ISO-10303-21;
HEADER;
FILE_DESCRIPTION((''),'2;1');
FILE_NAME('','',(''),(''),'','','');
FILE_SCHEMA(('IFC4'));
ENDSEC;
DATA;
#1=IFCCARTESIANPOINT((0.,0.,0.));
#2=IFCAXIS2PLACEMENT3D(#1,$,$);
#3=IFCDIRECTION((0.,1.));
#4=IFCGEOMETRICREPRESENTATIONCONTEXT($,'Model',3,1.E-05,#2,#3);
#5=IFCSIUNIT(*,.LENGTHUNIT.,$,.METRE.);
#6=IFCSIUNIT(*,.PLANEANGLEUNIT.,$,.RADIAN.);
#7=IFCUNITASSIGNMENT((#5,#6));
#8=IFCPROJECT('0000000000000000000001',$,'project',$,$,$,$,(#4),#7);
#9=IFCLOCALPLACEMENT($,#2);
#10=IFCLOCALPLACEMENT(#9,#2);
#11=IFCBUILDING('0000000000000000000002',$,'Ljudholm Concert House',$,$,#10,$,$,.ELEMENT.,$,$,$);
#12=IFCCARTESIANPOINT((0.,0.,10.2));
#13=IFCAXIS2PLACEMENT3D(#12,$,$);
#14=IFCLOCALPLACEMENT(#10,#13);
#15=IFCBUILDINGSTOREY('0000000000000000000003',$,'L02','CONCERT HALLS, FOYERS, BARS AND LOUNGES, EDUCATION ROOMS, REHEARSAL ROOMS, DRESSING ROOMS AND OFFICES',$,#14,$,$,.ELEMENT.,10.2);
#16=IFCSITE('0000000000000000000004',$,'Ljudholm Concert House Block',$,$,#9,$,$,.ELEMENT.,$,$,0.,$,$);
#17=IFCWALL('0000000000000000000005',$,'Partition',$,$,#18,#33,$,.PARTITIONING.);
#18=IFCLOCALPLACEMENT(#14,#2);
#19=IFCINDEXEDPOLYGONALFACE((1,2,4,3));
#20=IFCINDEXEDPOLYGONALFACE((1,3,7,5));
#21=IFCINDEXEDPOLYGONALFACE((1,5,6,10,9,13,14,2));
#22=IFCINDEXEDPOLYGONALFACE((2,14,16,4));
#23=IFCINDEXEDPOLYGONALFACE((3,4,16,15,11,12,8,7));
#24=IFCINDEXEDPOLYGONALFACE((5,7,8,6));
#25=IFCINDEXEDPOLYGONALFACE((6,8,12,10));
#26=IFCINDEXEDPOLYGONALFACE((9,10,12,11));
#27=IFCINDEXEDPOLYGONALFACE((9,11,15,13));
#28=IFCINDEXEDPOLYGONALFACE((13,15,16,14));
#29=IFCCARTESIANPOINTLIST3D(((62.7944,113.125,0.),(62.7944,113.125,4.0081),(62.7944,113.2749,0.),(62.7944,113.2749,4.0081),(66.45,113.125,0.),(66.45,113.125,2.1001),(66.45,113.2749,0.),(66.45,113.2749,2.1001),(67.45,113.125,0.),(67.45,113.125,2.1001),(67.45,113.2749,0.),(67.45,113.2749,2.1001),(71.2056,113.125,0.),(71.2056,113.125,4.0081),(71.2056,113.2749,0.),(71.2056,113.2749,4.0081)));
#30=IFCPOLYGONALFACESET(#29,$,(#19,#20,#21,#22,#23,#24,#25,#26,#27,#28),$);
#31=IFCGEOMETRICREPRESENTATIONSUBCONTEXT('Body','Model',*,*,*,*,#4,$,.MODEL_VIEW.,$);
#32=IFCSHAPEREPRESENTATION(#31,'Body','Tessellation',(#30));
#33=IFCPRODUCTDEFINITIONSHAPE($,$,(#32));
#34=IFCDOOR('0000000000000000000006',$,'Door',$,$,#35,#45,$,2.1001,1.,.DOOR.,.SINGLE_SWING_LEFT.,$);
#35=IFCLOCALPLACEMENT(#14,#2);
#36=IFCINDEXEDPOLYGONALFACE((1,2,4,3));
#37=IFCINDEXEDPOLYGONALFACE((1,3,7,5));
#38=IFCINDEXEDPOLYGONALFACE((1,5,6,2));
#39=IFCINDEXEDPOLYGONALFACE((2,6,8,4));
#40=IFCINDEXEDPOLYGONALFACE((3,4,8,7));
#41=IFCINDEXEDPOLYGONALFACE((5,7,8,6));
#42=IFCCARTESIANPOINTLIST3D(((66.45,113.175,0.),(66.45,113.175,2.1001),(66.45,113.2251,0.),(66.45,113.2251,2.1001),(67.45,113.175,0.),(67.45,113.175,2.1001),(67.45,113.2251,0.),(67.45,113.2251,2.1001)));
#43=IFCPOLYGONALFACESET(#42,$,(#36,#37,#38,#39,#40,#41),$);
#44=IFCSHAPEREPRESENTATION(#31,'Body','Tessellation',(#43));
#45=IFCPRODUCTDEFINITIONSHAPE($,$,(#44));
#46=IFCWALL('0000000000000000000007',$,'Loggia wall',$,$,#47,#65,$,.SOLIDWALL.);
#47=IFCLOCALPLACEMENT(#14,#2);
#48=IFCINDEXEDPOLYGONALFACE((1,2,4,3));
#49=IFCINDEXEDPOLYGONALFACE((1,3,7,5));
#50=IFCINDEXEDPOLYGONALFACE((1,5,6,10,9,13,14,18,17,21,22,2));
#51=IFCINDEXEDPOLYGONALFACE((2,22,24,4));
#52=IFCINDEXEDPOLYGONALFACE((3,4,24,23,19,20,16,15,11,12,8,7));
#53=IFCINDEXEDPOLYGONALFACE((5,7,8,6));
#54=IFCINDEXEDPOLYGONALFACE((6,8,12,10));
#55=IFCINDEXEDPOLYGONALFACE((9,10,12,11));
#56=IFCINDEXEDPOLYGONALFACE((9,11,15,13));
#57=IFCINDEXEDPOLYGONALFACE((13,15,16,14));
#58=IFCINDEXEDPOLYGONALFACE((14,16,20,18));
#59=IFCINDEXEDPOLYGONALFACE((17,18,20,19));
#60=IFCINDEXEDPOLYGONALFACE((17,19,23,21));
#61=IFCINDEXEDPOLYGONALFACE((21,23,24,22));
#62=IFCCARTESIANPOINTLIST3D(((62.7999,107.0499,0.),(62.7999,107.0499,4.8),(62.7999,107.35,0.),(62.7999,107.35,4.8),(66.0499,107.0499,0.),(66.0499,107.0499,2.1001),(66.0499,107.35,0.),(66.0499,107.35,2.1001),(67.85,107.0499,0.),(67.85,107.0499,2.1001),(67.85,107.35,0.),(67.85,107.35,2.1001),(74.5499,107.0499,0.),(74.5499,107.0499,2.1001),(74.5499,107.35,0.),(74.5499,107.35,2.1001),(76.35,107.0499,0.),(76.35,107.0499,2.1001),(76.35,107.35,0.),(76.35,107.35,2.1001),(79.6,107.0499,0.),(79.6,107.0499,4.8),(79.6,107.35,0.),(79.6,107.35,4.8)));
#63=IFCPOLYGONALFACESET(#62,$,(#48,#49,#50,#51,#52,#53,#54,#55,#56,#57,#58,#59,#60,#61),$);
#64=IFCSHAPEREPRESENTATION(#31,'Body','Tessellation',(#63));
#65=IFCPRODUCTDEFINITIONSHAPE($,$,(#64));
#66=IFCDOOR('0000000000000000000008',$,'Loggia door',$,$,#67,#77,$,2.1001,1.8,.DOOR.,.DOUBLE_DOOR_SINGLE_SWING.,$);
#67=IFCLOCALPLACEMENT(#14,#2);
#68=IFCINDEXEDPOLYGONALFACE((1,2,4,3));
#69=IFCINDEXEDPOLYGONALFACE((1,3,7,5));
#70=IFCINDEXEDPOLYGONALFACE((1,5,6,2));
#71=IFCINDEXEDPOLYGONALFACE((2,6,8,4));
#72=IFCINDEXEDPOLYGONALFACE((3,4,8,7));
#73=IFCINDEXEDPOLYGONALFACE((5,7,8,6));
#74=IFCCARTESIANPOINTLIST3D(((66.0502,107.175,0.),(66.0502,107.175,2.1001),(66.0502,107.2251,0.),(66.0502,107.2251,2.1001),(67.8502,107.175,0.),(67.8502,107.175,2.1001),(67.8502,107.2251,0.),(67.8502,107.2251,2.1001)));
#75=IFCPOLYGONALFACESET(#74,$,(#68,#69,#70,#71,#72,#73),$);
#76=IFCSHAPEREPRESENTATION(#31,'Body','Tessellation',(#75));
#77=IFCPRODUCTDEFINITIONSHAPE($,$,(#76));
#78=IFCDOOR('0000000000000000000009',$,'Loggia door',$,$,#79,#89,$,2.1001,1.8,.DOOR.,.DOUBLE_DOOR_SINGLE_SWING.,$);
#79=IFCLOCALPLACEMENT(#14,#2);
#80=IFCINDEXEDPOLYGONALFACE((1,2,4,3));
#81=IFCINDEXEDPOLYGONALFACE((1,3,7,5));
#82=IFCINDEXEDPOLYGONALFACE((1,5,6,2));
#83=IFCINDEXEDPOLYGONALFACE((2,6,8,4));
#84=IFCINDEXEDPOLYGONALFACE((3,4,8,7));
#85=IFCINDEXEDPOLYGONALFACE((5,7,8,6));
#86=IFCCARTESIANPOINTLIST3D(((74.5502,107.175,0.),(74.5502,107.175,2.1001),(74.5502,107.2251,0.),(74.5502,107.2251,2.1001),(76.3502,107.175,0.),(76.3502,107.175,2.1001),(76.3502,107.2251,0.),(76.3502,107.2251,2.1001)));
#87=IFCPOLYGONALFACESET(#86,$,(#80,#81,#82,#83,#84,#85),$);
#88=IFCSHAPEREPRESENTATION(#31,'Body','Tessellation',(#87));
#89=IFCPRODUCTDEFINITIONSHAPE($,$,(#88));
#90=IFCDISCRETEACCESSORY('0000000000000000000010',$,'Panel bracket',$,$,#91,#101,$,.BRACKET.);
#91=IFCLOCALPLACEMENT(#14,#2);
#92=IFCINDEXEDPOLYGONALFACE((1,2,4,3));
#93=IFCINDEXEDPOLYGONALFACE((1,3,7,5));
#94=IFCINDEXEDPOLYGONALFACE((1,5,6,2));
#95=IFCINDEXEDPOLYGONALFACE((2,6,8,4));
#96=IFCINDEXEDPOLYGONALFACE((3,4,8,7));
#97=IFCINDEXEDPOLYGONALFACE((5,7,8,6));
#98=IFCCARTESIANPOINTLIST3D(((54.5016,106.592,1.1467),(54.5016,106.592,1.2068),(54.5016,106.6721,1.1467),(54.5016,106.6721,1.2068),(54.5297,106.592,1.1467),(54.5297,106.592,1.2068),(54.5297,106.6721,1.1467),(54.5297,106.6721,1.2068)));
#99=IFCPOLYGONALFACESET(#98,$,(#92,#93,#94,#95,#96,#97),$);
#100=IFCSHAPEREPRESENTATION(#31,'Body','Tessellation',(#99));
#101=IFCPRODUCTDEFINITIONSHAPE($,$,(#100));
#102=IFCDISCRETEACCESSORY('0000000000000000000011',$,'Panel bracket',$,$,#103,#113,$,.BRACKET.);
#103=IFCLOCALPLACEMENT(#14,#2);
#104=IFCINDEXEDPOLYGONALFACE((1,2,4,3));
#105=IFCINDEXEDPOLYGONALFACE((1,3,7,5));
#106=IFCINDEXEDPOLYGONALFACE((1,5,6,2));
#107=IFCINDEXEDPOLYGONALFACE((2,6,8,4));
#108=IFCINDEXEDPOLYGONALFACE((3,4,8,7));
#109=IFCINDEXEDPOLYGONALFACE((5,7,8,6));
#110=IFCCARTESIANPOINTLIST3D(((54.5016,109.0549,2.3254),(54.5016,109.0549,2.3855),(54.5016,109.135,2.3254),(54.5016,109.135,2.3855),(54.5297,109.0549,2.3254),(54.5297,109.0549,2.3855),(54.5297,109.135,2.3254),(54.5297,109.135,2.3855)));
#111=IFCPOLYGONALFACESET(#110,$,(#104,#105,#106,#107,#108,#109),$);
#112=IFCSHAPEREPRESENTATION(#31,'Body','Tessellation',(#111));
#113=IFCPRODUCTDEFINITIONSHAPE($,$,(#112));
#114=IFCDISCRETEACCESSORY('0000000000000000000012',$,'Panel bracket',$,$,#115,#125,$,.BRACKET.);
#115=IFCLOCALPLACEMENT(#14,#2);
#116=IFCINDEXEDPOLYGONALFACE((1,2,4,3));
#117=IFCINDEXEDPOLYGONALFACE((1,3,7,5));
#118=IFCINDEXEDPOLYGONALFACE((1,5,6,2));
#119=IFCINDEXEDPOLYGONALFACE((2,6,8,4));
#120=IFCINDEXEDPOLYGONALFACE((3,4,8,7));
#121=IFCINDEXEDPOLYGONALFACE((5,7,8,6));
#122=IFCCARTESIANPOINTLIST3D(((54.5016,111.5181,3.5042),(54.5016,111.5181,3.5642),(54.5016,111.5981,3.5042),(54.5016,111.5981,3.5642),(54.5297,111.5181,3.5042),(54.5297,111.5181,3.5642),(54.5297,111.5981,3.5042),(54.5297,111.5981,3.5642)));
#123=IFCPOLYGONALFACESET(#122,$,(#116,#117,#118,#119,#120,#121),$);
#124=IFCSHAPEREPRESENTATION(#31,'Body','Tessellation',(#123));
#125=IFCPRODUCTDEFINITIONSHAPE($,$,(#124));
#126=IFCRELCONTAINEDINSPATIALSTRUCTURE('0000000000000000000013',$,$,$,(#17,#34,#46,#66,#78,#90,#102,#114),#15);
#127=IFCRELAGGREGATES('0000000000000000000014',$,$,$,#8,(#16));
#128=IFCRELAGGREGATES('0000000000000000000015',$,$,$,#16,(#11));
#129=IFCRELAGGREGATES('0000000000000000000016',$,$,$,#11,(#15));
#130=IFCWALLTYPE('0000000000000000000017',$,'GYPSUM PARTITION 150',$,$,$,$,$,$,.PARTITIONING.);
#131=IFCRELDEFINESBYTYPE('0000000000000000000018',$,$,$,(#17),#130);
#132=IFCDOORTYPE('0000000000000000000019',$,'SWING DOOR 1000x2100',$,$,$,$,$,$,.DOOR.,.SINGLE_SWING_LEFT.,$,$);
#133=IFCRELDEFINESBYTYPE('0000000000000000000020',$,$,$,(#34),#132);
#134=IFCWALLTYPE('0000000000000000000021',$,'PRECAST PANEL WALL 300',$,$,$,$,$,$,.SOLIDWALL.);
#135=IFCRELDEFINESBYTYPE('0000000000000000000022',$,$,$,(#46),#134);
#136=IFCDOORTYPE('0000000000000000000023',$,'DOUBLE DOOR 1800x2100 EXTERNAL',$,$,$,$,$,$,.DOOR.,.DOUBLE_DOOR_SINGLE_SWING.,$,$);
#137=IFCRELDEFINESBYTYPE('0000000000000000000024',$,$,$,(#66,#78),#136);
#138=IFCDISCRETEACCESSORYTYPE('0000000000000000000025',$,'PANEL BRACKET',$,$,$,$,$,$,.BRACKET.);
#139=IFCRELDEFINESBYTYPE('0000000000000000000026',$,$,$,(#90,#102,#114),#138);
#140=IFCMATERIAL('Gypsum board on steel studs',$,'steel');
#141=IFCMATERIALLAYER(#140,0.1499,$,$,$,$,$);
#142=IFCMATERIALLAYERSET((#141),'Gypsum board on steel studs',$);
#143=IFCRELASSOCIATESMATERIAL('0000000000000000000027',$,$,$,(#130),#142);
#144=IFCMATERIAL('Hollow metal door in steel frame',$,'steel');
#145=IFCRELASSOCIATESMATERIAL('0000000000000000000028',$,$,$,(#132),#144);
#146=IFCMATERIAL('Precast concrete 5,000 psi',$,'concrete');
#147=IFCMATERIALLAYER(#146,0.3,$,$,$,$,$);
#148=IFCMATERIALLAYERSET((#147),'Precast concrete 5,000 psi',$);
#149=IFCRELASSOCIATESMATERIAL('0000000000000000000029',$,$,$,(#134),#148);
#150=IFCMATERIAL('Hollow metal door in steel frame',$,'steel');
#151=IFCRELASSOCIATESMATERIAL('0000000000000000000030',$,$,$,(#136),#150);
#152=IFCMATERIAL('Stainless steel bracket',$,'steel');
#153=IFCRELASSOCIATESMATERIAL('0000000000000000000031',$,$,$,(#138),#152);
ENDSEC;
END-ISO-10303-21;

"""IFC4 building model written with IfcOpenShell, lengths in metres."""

from ifc_helpers import new_model, si_unit, direction, frame, frame_2d, origin, origin_2d, place, context, subcontext, project, spatial, rectangle, extrude, material, layer, layer_set, type_object, element, fill, save


model = new_model("IFC4")

# Units and contexts
model_context = context("Model", 3, precision=1e-05, world=origin(), true_north=direction((0.0, 1.0)))
body_context = subcontext(model_context, "Body", "Model", "MODEL_VIEW")
ifc_project = project(units=[si_unit("LENGTHUNIT", "METRE"), si_unit("PLANEANGLEUNIT", "RADIAN")], contexts=[model_context])

# Site, building, storey
site_placement = place(None, origin())
site = spatial("IfcSite", under=ifc_project, at=site_placement, Name="Ljudholm Concert House Block", CompositionType="ELEMENT", RefElevation=0.0)
building_placement = place(site_placement, origin())
building = spatial("IfcBuilding", under=site, at=building_placement, Name="Ljudholm Concert House", CompositionType="ELEMENT")
storey_placement = place(building_placement, frame((0.0, 0.0, 10.2)))
storey = spatial("IfcBuildingStorey", under=building, at=storey_placement, Name="L02", Description="CONCERT HALLS, FOYERS, BARS AND LOUNGES, EDUCATION ROOMS, REHEARSAL ROOMS, DRESSING ROOMS AND OFFICES", CompositionType="ELEMENT", Elevation=10.2)

# Shared definitions
ifc_material_1 = material(Name="Gypsum board on steel studs", Category="steel")
ifc_layer_1 = layer(ifc_material_1, 0.1499)
ifc_layer_set_1 = layer_set([ifc_layer_1], Name="Gypsum board on steel studs")
wall_type_1 = type_object("IfcWallType", Name="GYPSUM PARTITION 150", PredefinedType="PARTITIONING", material=ifc_layer_set_1)

# Wall, opening, door
ifc_material_2 = material(Name="Hollow metal door in steel frame", Category="steel")
door_type_1 = type_object("IfcDoorType", Name="SWING DOOR 1000x2100", OperationType="SINGLE_SWING_LEFT", PredefinedType="DOOR", material=ifc_material_2)
wall_1_placement = place(storey_placement, frame((62.7944, 113.2, 0.0), z_axis=(0.0, 0.0, 1.0), x_axis=(1.0, 0.0, 0.0)))
wall_1 = element("IfcWall", 1, at=wall_1_placement, inside=storey, type_object=wall_type_1, Name="Partition", PredefinedType="PARTITIONING", context=body_context, shape_type="SweptSolid", body=[
    extrude(rectangle(XDim=8.4111, YDim=0.1499, at=frame_2d((4.2056, 0.0))), origin(), (0.0, 0.0, 1.0), 4.0081),
])
opening_1_placement = place(wall_1_placement, frame((3.6555, 0.0, 0.0)))
opening_1 = element("IfcOpeningElement", 2, at=opening_1_placement, cuts=wall_1, PredefinedType="OPENING", context=body_context, shape_type="SweptSolid", body=[
    extrude(rectangle(XDim=1.0, YDim=2.1001, at=frame_2d((0.5, 1.05))), frame((0.0, 0.085, 0.0), z_axis=(0.0, -1.0, 0.0), x_axis=(1.0, 0.0, 0.0)), (0.0, 0.0, 1.0), 0.1699),
])
door_1_placement = place(opening_1_placement, frame((1.0, 0.0, 0.0), z_axis=(0.0, 0.0, 1.0), x_axis=(-1.0, 0.0, 0.0)))
door_1 = element("IfcDoor", 3, at=door_1_placement, inside=storey, type_object=door_type_1, Name="Door", OperationType="SINGLE_SWING_LEFT", OverallHeight=2.1001, OverallWidth=1.0, PredefinedType="DOOR", context=body_context, shape_type="SweptSolid", body=[
    extrude(rectangle(XDim=1.0, YDim=2.1001, at=frame_2d((0.5, 1.05))), frame((0.0, 0.0249, 0.0), z_axis=(0.0, -1.0, 0.0), x_axis=(1.0, 0.0, 0.0)), (0.0, 0.0, 1.0), 0.05),
])
fill(opening_1, door_1)

# Wall, openings, doors
ifc_material_3 = material(Name="Precast concrete 5,000 psi", Category="concrete")
ifc_layer_2 = layer(ifc_material_3, 0.3)
ifc_layer_set_2 = layer_set([ifc_layer_2], Name="Precast concrete 5,000 psi")
wall_type_2 = type_object("IfcWallType", Name="PRECAST PANEL WALL 300", PredefinedType="SOLIDWALL", material=ifc_layer_set_2)
wall_2_placement = place(storey_placement, frame((62.8, 107.2, 0.0), z_axis=(0.0, 0.0, 1.0), x_axis=(1.0, 0.0, 0.0)))
wall_2 = element("IfcWall", 4, at=wall_2_placement, inside=storey, type_object=wall_type_2, Name="Loggia wall", PredefinedType="SOLIDWALL", context=body_context, shape_type="SweptSolid", body=[
    extrude(rectangle(XDim=16.8, YDim=0.3, at=frame_2d((8.3999, 0.0))), origin(), (0.0, 0.0, 1.0), 4.8),
])
opening_2_placement = place(wall_2_placement, frame((3.25, 0.0, 0.0)))
opening_2 = element("IfcOpeningElement", 5, at=opening_2_placement, cuts=wall_2, PredefinedType="OPENING", context=body_context, shape_type="SweptSolid", body=[
    extrude(rectangle(XDim=1.8, YDim=2.1001, at=frame_2d((0.8999, 1.05))), frame((0.0, 0.1599, 0.0), z_axis=(0.0, -1.0, 0.0), x_axis=(1.0, 0.0, 0.0)), (0.0, 0.0, 1.0), 0.3201),
])
opening_3_placement = place(wall_2_placement, frame((11.75, 0.0, 0.0)))
opening_3 = element("IfcOpeningElement", 6, at=opening_3_placement, cuts=wall_2, PredefinedType="OPENING", context=body_context, shape_type="SweptSolid", body=[
    extrude(rectangle(XDim=1.8, YDim=2.1001, at=frame_2d((0.8999, 1.05))), frame((0.0, 0.1599, 0.0), z_axis=(0.0, -1.0, 0.0), x_axis=(1.0, 0.0, 0.0)), (0.0, 0.0, 1.0), 0.3201),
])
ifc_material_4 = material(Name="Hollow metal door in steel frame", Category="steel")
door_type_2 = type_object("IfcDoorType", Name="DOUBLE DOOR 1800x2100 EXTERNAL", OperationType="DOUBLE_DOOR_SINGLE_SWING", PredefinedType="DOOR", material=ifc_material_4)
door_2_placement = place(opening_2_placement, frame((1.8, 0.0, 0.0), z_axis=(0.0, 0.0, 1.0), x_axis=(-1.0, 0.0, 0.0)))
door_2 = element("IfcDoor", 7, at=door_2_placement, inside=storey, type_object=door_type_2, Name="Loggia door", OperationType="DOUBLE_DOOR_SINGLE_SWING", OverallHeight=2.1001, OverallWidth=1.8, PredefinedType="DOOR", context=body_context, shape_type="SweptSolid", body=[
    extrude(rectangle(XDim=1.8, YDim=2.1001, at=frame_2d((0.8999, 1.05))), frame((0.0, 0.0249, 0.0), z_axis=(0.0, -1.0, 0.0), x_axis=(1.0, 0.0, 0.0)), (0.0, 0.0, 1.0), 0.05),
])
fill(opening_2, door_2)
door_3_placement = place(opening_3_placement, frame((1.8, 0.0, 0.0), z_axis=(0.0, 0.0, 1.0), x_axis=(-1.0, 0.0, 0.0)))
door_3 = element("IfcDoor", 8, at=door_3_placement, inside=storey, type_object=door_type_2, Name="Loggia door", OperationType="DOUBLE_DOOR_SINGLE_SWING", OverallHeight=2.1001, OverallWidth=1.8, PredefinedType="DOOR", context=body_context, shape_type="SweptSolid", body=[
    extrude(rectangle(XDim=1.8, YDim=2.1001, at=frame_2d((0.8999, 1.05))), frame((0.0, 0.0249, 0.0), z_axis=(0.0, -1.0, 0.0), x_axis=(1.0, 0.0, 0.0)), (0.0, 0.0, 1.0), 0.05),
])
fill(opening_3, door_3)

# Discrete accessories
ifc_material_5 = material(Name="Stainless steel bracket", Category="steel")
discrete_accessory_type = type_object("IfcDiscreteAccessoryType", Name="PANEL BRACKET", PredefinedType="BRACKET", material=ifc_material_5)
for number, where, z_axis, x_axis, name in (
    (9, (54.5156, 106.6321, 1.1467), (0.0, 0.0, 1.0), (1.0, 0.0, 0.0), "Panel bracket"),
    (10, (54.5156, 109.095, 2.3254), (0.0, 0.0, 1.0), (1.0, 0.0, 0.0), "Panel bracket"),
    (11, (54.5156, 111.5581, 3.5042), (0.0, 0.0, 1.0), (1.0, 0.0, 0.0), "Panel bracket"),
):
    element("IfcDiscreteAccessory", number, at=place(storey_placement, frame(where, z_axis=z_axis, x_axis=x_axis)), inside=storey, type_object=discrete_accessory_type, Name=name, PredefinedType="BRACKET", context=body_context, shape_type="SweptSolid", body=[
        extrude(rectangle(XDim=0.0281, YDim=0.0801, at=origin_2d()), origin(), (0.0, 0.0, 1.0), 0.0601),
    ])

save(model, "model.ifc")
